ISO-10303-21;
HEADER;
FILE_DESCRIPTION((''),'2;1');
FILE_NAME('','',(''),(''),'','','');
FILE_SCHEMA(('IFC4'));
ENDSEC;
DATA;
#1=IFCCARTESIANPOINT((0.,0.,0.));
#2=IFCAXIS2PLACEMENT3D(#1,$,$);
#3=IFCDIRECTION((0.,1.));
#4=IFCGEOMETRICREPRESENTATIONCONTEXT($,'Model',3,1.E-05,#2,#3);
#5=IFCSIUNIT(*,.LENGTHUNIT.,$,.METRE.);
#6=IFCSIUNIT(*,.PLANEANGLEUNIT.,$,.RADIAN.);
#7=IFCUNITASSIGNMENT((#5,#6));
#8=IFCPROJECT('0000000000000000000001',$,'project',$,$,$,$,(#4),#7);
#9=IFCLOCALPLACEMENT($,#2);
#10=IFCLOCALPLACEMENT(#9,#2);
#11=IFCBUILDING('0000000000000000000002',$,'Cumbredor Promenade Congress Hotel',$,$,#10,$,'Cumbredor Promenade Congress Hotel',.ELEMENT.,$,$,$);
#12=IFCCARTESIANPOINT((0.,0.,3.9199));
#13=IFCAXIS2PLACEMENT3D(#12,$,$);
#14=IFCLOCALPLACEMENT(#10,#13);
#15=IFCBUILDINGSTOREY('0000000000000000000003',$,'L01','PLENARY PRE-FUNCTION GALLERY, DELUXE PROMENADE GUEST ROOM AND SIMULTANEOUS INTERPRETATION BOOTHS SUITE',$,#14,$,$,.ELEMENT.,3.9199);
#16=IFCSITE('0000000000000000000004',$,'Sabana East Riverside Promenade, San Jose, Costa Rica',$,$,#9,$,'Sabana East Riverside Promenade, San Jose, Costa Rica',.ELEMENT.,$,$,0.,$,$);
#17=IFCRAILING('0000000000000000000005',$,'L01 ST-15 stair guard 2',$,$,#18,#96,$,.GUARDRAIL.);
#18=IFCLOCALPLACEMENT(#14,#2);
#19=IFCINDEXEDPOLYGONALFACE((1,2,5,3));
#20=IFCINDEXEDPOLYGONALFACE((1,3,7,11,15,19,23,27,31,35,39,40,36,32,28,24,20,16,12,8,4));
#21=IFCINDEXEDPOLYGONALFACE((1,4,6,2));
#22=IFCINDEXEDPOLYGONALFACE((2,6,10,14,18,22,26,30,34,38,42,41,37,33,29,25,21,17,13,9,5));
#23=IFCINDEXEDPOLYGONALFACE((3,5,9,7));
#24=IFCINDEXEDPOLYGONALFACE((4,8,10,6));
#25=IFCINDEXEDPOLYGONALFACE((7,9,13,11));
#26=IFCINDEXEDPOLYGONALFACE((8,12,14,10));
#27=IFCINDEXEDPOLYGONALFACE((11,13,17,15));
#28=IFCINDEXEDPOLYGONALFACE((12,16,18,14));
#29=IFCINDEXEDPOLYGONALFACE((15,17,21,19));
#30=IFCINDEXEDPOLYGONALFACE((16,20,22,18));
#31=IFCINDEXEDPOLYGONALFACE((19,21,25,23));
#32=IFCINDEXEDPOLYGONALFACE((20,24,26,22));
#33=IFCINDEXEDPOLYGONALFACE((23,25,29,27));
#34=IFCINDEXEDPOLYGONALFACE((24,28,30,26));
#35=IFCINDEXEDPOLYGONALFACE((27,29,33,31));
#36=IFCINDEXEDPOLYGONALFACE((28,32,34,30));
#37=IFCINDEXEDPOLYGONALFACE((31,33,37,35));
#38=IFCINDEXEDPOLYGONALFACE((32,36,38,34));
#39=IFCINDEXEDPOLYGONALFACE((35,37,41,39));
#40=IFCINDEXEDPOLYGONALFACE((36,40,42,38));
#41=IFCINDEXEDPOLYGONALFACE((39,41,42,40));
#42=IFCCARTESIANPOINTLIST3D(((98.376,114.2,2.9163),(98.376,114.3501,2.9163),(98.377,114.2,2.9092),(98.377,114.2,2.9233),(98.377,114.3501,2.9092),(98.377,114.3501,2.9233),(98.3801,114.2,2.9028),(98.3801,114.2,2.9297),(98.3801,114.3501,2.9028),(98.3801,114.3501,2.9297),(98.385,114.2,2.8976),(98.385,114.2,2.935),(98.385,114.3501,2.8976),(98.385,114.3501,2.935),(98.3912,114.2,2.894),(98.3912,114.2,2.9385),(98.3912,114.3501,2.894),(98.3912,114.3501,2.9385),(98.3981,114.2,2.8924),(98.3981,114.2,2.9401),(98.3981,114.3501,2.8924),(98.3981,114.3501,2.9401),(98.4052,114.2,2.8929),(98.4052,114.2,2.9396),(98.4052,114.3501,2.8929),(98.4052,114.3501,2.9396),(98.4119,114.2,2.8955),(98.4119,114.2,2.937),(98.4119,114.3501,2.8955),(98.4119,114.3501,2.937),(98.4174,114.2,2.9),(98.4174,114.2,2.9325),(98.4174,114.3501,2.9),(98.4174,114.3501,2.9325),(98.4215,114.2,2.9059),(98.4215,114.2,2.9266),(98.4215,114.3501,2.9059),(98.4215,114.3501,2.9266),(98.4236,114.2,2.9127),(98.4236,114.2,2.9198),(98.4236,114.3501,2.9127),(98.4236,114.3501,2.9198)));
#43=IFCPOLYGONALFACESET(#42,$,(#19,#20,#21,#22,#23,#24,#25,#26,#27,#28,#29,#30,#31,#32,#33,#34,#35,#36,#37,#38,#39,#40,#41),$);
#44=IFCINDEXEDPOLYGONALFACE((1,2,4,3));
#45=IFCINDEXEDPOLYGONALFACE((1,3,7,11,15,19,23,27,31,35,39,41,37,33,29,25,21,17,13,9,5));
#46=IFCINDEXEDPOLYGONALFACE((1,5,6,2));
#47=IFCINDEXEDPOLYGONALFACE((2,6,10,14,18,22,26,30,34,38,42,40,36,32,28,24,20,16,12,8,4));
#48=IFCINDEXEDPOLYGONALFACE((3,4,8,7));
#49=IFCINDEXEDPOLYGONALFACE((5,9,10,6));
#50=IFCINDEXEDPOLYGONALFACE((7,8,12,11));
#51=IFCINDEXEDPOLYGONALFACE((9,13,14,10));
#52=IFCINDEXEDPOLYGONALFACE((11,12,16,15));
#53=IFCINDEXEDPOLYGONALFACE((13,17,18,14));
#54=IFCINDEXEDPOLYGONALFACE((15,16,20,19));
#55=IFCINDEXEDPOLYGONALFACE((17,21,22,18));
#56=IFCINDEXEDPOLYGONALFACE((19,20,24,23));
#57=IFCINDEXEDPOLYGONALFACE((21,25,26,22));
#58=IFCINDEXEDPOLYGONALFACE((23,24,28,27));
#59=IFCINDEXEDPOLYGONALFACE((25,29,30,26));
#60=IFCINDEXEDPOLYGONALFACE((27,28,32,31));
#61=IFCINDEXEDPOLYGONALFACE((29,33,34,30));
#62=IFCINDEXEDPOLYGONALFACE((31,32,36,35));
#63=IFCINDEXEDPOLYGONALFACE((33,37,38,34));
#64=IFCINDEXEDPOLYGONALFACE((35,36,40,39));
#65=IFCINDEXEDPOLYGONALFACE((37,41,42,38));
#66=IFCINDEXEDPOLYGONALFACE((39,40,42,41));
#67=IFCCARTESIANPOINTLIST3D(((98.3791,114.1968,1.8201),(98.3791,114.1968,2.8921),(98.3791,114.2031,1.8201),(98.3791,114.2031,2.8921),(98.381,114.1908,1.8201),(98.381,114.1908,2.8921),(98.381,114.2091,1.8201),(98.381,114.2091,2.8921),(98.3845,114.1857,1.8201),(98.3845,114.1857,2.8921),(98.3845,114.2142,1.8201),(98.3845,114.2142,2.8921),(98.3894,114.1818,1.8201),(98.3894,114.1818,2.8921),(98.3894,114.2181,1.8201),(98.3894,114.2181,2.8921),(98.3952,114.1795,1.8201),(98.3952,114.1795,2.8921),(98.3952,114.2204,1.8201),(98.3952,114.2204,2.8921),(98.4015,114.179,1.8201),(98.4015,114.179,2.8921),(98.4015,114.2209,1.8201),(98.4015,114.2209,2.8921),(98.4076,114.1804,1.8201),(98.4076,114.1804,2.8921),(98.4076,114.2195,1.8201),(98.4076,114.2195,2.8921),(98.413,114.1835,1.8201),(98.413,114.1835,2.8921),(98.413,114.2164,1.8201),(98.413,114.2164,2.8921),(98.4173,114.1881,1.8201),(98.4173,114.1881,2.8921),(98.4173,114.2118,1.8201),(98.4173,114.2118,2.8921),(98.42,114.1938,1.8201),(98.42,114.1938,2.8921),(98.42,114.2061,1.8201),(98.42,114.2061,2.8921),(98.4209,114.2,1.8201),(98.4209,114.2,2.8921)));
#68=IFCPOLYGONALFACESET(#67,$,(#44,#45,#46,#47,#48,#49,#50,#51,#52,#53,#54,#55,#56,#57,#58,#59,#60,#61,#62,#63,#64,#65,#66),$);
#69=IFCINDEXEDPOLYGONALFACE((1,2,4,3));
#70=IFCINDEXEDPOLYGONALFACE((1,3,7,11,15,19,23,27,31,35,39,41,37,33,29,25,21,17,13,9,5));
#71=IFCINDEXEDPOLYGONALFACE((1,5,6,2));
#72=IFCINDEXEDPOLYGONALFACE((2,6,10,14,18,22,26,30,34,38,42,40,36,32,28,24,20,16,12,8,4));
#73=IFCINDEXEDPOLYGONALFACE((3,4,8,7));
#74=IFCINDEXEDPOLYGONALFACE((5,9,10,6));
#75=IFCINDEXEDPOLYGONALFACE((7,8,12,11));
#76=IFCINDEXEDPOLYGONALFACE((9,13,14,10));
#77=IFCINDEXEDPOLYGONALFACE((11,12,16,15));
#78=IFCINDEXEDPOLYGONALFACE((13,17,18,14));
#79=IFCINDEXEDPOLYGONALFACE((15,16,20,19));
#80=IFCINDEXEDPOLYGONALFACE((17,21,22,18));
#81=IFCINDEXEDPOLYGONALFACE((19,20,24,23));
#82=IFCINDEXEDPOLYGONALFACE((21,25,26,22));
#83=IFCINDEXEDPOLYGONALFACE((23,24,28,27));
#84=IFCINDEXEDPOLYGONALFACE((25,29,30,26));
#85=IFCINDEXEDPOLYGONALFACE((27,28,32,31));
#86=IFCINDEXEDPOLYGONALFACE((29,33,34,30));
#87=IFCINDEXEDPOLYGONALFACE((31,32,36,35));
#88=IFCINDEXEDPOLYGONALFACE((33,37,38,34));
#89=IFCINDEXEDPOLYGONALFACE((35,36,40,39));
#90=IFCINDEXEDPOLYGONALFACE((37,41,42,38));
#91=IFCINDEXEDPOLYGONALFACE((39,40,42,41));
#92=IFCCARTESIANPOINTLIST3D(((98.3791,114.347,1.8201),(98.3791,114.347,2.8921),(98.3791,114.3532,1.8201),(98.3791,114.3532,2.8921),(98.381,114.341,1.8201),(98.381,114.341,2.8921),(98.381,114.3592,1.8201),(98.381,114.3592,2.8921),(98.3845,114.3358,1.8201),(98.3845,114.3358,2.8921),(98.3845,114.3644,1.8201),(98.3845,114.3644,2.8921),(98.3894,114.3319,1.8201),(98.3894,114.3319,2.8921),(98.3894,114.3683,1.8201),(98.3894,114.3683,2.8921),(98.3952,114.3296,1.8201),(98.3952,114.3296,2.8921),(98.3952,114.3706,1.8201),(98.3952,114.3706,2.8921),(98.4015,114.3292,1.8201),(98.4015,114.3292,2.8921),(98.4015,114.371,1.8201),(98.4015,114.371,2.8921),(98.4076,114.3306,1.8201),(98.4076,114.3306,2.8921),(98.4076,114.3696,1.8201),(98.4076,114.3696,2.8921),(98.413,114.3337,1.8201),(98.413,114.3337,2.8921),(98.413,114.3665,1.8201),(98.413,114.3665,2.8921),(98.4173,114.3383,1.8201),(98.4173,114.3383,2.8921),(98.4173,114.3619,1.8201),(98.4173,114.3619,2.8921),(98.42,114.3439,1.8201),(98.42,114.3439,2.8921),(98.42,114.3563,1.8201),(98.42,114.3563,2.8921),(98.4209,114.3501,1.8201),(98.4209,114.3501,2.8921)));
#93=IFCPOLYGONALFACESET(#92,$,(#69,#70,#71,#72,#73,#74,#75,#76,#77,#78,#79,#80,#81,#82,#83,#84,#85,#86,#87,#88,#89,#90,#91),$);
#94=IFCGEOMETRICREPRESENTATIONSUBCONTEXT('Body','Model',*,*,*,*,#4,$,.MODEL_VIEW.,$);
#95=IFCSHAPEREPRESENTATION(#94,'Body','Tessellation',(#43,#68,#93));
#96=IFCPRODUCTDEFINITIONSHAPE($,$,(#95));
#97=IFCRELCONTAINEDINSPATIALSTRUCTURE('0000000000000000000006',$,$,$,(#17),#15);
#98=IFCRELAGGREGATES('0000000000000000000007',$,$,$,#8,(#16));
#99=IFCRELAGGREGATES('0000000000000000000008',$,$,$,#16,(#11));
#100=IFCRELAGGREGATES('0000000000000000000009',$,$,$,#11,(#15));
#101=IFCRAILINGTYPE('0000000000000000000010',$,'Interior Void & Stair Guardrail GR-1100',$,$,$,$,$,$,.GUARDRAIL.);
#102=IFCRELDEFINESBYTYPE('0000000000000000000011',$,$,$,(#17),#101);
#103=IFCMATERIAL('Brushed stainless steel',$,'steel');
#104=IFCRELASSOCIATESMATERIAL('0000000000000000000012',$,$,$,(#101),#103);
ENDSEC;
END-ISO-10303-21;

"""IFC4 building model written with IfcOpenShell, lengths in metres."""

from ifc_helpers import new_model, si_unit, direction, frame, origin, origin_2d, place, context, subcontext, project, spatial, circle, extrude, material, type_object, element, save


model = new_model("IFC4")

# Units and contexts
model_context = context("Model", 3, precision=1e-05, world=origin(), true_north=direction((0.0, 1.0)))
body_context = subcontext(model_context, "Body", "Model", "MODEL_VIEW")
ifc_project = project(units=[si_unit("LENGTHUNIT", "METRE"), si_unit("PLANEANGLEUNIT", "RADIAN")], contexts=[model_context])

# Site, building, storey
site_placement = place(None, origin())
site = spatial("IfcSite", under=ifc_project, at=site_placement, Name="Sabana East Riverside Promenade, San Jose, Costa Rica", LongName="Sabana East Riverside Promenade, San Jose, Costa Rica", CompositionType="ELEMENT", RefElevation=0.0)
building_placement = place(site_placement, origin())
building = spatial("IfcBuilding", under=site, at=building_placement, Name="Cumbredor Promenade Congress Hotel", LongName="Cumbredor Promenade Congress Hotel", CompositionType="ELEMENT")
storey_placement = place(building_placement, frame((0.0, 0.0, 3.9199)))
storey = spatial("IfcBuildingStorey", under=building, at=storey_placement, Name="L01", Description="PLENARY PRE-FUNCTION GALLERY, DELUXE PROMENADE GUEST ROOM AND SIMULTANEOUS INTERPRETATION BOOTHS SUITE", CompositionType="ELEMENT", Elevation=3.9199)

# Railing
ifc_material_1 = material(Name="Brushed stainless steel", Category="steel")
railing_type_1 = type_object("IfcRailingType", Name="Interior Void & Stair Guardrail GR-1100", PredefinedType="GUARDRAIL", material=ifc_material_1)
railing_1_placement = place(storey_placement, frame((98.3999, 114.2, 1.8201)))
element("IfcRailing", 1, at=railing_1_placement, inside=storey, type_object=railing_type_1, Name="L01 ST-15 stair guard 2", PredefinedType="GUARDRAIL", context=body_context, shape_type="SweptSolid", body=[
    extrude(circle(Radius=0.0239, at=origin_2d()), frame((0.0, 0.0, 1.0962), z_axis=(0.0, 1.0, 0.0), x_axis=(-1.0, 0.0, 0.0)), (0.0, 0.0, 1.0), 0.1501),
    extrude(circle(Radius=0.021, at=origin_2d()), origin(), (0.0, 0.0, 1.0), 1.072),
    extrude(circle(Radius=0.021, at=origin_2d()), frame((0.0, 0.1501, 0.0)), (0.0, 0.0, 1.0), 1.072),
])

save(model, "model.ifc")
